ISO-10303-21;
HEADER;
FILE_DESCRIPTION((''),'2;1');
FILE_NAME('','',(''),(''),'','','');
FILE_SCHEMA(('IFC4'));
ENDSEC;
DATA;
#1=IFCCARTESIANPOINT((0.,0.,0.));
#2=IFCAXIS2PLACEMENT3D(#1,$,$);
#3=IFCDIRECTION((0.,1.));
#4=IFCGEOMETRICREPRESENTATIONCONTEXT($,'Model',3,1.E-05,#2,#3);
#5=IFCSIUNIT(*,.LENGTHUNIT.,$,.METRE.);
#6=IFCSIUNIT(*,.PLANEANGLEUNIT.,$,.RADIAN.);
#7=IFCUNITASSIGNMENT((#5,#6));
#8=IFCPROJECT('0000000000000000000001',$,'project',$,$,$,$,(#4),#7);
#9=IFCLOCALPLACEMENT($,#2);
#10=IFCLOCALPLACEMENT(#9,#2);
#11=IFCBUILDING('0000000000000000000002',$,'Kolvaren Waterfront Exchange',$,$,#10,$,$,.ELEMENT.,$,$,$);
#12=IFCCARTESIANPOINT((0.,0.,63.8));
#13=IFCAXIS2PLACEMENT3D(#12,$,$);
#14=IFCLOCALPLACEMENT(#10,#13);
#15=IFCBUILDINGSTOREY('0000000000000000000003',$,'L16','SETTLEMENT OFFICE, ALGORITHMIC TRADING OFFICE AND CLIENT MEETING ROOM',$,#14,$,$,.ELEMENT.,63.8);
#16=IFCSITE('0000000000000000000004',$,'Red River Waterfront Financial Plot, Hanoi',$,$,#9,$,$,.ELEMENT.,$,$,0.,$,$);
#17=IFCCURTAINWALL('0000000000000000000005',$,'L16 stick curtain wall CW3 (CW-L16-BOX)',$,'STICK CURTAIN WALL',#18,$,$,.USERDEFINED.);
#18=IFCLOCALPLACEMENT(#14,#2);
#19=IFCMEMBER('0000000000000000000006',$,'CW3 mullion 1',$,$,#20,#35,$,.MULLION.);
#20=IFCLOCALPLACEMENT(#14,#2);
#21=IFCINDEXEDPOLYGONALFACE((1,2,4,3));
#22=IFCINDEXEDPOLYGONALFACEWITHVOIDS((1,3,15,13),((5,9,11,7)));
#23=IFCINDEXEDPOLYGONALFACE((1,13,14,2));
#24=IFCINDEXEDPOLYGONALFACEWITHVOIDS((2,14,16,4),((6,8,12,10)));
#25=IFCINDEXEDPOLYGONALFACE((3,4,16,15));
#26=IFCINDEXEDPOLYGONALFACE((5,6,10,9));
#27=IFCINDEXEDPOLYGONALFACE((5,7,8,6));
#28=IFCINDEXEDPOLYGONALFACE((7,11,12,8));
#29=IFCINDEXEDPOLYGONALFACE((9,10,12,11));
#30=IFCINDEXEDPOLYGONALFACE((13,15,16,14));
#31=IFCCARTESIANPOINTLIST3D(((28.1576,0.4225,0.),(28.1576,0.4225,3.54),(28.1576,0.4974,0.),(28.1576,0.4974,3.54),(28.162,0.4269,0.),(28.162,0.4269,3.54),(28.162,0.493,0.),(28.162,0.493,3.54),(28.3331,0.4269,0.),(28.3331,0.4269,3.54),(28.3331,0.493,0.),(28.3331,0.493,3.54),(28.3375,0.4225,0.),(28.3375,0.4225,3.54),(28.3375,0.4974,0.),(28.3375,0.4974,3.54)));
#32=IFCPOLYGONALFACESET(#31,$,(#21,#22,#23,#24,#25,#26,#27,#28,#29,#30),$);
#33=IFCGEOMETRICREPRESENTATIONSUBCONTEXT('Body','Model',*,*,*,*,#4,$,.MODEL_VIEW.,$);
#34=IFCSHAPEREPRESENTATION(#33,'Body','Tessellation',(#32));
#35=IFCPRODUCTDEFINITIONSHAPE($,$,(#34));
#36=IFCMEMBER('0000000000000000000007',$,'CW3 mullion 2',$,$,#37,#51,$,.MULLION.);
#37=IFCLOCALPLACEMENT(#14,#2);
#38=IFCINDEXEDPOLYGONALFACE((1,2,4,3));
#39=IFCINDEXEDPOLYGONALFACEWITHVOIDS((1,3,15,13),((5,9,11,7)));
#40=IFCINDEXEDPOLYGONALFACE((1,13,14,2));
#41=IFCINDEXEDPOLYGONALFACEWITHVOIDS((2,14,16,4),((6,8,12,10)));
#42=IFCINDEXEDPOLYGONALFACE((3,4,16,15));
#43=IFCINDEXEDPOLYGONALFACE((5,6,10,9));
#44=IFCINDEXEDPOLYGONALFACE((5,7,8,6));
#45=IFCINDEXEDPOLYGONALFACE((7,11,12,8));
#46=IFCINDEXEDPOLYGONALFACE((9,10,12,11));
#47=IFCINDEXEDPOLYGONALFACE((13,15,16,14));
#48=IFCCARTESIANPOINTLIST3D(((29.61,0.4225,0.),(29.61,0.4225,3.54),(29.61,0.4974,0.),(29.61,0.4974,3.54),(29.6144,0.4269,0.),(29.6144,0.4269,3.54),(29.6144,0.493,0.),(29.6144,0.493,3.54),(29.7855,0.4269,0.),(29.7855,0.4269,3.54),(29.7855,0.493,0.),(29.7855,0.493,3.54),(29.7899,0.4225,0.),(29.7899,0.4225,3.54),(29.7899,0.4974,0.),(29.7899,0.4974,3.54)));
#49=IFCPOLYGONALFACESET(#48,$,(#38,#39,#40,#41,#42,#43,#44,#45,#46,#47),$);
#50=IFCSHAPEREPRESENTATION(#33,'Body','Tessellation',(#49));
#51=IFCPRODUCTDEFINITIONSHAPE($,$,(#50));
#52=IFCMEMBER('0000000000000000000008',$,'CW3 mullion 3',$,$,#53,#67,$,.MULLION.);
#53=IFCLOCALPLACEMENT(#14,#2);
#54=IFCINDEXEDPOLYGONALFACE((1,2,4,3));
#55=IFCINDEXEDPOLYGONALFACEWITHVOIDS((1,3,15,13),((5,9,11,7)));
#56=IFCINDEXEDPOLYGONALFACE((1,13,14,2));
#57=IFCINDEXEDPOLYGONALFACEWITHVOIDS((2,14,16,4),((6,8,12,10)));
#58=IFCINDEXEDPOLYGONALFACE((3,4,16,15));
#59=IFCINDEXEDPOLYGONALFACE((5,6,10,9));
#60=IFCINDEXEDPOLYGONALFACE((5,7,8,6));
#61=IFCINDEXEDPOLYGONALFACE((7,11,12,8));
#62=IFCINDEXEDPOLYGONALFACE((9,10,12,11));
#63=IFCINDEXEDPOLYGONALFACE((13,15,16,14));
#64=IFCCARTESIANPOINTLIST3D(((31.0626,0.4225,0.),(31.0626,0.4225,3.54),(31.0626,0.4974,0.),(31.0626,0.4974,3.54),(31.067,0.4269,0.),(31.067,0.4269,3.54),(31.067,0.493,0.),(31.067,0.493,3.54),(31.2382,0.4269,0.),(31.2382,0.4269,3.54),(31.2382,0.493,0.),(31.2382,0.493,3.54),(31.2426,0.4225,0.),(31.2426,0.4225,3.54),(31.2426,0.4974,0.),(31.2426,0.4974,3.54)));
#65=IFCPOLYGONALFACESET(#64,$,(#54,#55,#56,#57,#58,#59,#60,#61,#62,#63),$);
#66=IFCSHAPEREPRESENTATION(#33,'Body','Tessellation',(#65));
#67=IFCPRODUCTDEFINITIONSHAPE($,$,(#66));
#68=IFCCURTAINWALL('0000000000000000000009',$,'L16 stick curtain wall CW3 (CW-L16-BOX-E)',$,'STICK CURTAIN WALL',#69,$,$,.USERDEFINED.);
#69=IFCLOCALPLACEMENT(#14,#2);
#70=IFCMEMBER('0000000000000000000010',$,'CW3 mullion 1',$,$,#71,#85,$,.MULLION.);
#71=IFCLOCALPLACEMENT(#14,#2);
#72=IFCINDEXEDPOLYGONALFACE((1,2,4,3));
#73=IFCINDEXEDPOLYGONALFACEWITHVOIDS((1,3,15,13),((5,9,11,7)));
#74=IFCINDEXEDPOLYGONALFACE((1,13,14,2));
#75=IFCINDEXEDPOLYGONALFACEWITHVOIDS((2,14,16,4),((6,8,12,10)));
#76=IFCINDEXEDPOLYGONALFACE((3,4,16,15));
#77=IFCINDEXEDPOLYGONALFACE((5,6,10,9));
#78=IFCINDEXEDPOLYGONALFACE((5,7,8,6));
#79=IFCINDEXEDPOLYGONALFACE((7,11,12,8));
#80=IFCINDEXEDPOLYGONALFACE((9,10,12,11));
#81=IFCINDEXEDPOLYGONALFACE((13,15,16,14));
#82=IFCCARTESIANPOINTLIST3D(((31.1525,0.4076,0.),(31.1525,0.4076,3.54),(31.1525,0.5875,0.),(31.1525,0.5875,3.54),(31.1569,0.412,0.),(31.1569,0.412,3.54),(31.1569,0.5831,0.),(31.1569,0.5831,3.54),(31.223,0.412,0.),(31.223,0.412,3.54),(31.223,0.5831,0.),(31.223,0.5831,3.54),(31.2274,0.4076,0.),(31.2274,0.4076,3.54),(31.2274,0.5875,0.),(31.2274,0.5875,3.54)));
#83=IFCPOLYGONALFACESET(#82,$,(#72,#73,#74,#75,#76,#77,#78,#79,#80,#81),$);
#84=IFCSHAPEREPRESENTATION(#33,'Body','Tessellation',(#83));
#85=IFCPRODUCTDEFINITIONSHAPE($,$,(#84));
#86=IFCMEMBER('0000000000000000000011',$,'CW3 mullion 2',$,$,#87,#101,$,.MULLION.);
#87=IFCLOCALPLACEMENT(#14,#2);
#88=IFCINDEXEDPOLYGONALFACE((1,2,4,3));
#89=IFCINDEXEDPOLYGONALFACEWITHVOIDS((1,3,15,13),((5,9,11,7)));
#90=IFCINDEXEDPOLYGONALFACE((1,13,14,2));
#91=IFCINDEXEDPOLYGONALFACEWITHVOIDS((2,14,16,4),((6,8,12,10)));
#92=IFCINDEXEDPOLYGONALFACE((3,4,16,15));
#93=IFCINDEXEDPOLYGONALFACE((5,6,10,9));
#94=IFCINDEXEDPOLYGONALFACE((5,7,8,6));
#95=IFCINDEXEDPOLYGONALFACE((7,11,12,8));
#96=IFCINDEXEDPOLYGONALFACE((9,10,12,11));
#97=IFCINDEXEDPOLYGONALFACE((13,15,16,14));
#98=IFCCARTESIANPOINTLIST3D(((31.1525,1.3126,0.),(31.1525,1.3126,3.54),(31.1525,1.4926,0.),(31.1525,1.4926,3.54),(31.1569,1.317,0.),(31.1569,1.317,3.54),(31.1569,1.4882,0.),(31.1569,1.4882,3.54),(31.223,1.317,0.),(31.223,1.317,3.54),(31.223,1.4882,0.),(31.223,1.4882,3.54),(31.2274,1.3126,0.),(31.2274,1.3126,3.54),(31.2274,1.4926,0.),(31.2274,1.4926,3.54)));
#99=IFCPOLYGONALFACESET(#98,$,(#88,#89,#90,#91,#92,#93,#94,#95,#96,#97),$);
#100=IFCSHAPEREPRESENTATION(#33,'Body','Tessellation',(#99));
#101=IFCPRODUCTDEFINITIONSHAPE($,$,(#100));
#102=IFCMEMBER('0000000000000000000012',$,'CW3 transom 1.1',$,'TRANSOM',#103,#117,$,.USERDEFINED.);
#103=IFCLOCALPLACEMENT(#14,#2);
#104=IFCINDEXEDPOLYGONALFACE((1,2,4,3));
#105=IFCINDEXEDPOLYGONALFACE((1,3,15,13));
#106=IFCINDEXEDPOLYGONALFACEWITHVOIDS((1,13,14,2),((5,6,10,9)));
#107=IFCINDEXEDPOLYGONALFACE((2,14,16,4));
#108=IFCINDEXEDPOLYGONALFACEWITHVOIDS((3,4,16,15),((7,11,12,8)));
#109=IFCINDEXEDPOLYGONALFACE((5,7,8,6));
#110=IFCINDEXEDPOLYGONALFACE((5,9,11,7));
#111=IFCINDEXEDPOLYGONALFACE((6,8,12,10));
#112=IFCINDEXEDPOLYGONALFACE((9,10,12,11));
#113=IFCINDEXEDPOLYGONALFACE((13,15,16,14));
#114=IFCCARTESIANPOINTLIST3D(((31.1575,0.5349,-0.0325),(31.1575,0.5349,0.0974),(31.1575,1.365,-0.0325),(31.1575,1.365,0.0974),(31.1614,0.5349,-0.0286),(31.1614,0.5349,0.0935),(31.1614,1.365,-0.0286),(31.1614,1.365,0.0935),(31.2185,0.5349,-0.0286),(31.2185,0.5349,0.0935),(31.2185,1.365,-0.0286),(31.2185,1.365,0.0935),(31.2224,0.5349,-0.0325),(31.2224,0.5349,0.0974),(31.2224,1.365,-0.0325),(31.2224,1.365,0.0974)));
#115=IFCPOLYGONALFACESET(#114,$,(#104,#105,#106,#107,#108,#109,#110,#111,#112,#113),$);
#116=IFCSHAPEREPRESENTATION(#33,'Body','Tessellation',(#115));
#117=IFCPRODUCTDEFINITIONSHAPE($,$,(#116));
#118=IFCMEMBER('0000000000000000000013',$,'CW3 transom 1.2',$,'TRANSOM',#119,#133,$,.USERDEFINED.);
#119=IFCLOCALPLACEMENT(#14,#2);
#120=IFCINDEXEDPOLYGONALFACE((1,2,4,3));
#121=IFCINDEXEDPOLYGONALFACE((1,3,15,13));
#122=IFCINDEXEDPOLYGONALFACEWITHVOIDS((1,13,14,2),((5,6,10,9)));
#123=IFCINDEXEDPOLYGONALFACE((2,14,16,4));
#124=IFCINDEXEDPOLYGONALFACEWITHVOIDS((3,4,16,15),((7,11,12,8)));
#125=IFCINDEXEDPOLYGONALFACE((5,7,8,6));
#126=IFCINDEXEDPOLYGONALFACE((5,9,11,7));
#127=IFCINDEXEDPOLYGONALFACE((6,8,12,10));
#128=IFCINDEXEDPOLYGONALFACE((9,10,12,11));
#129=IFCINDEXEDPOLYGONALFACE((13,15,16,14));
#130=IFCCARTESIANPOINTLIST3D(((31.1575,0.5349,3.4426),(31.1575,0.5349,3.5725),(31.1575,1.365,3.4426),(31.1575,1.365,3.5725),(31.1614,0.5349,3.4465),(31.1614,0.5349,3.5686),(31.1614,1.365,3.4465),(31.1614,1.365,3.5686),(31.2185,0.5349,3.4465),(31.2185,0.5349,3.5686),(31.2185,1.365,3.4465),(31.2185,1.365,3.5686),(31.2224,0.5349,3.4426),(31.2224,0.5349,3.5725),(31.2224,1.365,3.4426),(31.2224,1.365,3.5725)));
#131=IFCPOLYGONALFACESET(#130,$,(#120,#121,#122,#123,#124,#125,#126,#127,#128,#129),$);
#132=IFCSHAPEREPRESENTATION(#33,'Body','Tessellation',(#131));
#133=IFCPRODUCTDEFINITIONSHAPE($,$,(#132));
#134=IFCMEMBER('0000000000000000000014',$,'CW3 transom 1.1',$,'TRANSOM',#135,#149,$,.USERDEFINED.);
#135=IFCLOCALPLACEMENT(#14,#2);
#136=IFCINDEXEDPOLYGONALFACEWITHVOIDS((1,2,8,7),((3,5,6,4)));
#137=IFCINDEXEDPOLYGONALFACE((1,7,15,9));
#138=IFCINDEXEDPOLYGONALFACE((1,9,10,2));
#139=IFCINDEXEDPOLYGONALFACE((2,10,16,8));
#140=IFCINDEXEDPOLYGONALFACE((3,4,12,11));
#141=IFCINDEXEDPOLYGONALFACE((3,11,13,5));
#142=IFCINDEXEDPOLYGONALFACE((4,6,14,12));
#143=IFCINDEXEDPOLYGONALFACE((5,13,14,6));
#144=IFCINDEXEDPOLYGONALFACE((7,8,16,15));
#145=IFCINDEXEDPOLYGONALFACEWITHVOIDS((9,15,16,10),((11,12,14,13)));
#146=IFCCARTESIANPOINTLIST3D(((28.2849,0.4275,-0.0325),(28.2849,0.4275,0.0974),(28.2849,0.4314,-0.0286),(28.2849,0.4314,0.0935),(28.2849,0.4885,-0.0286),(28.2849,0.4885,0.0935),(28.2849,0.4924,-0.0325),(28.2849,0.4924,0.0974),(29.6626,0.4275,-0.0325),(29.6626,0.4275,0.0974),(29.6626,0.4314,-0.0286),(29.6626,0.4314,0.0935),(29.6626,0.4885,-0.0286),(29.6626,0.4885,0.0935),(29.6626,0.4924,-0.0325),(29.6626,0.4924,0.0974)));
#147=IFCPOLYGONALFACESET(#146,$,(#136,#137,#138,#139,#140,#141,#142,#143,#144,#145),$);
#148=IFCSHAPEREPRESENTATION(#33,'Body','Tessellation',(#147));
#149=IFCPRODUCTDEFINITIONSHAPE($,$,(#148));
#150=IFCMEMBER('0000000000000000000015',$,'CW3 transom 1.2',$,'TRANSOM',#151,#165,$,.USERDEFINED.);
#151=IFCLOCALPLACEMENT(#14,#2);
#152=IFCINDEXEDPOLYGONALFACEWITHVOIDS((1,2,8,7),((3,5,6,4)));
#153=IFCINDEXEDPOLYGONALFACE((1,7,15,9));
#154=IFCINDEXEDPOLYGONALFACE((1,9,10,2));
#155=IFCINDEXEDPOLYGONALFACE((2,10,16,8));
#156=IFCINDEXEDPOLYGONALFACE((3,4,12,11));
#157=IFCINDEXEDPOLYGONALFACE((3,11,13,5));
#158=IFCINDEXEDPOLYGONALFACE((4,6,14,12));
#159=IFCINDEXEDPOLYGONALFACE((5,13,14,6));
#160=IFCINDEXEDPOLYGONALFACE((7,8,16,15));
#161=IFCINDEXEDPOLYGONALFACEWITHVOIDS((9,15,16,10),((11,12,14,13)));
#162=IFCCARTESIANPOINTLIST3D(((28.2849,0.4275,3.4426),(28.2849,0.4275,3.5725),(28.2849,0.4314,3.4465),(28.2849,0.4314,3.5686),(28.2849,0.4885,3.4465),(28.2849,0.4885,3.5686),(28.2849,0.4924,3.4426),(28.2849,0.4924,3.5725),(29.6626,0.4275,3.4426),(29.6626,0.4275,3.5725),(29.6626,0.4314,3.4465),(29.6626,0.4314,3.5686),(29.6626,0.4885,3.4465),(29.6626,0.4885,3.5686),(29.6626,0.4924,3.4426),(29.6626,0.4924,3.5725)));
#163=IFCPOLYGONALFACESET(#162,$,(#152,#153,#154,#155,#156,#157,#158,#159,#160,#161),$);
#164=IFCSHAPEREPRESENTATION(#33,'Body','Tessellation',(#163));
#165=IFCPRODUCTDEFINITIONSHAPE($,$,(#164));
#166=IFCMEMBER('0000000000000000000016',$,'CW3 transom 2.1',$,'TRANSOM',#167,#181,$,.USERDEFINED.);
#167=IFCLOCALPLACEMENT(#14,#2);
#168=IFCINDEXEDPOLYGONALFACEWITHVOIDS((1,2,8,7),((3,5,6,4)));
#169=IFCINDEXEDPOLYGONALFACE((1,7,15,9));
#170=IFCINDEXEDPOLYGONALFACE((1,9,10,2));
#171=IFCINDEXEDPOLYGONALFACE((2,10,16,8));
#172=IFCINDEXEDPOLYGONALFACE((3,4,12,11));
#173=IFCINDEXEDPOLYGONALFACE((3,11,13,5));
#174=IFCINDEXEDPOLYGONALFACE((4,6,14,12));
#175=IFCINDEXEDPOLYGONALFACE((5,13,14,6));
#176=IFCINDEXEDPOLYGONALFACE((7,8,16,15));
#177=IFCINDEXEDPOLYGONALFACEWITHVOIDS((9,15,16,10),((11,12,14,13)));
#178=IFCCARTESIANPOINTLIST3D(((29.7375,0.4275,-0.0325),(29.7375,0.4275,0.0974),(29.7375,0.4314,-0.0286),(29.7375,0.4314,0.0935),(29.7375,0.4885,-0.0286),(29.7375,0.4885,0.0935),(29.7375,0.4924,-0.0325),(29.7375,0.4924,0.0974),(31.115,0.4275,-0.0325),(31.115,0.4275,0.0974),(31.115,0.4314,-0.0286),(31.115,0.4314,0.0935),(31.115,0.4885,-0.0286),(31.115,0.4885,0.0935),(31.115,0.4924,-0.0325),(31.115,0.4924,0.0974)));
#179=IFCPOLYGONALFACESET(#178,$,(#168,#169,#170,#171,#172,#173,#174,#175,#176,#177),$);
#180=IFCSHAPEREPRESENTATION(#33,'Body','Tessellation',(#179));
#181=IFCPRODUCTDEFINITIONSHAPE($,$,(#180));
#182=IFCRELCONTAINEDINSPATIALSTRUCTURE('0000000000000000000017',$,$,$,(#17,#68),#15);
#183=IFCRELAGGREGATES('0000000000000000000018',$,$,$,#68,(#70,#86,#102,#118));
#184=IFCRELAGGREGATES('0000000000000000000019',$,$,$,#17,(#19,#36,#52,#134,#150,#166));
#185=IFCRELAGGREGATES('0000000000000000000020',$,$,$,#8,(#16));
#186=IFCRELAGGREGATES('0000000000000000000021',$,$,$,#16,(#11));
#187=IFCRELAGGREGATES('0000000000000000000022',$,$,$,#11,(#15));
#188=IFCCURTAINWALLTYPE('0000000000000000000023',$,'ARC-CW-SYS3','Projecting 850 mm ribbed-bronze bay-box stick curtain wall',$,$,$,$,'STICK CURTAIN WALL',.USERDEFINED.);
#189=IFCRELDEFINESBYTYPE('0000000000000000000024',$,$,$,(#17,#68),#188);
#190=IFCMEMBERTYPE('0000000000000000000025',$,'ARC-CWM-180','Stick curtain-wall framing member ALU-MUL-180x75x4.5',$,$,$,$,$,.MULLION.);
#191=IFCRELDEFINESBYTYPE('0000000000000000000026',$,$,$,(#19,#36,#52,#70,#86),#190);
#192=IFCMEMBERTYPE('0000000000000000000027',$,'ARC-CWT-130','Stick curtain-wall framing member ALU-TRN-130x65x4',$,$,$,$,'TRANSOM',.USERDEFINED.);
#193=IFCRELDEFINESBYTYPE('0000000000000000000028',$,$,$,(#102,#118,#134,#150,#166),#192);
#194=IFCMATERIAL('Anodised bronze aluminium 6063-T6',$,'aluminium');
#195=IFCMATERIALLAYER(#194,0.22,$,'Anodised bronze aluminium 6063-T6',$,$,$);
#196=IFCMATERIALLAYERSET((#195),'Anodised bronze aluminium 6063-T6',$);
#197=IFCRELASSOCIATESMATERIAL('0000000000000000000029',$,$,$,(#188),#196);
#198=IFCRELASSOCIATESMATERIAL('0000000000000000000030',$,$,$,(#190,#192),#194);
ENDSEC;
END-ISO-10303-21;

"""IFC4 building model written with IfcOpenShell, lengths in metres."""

from ifc_helpers import new_model, si_unit, direction, frame, origin, origin_with_axes, origin_2d, place, context, subcontext, project, spatial, hollow_rectangle, extrude, source, transform, mapped, material, layer, layer_set, material_profile, profile_set, type_object, element, aggregate, save


model = new_model("IFC4")

# Units and contexts
model_context = context("Model", 3, precision=1e-05, world=origin(), true_north=direction((0.0, 1.0)))
body_context = subcontext(model_context, "Body", "Model", "MODEL_VIEW")
ifc_project = project(units=[si_unit("LENGTHUNIT", "METRE"), si_unit("PLANEANGLEUNIT", "RADIAN")], contexts=[model_context])

# Site, building, storey
site_placement = place(None, origin())
site = spatial("IfcSite", under=ifc_project, at=site_placement, Name="Red River Waterfront Financial Plot, Hanoi", CompositionType="ELEMENT", RefElevation=0.0)
building_placement = place(site_placement, origin())
building = spatial("IfcBuilding", under=site, at=building_placement, Name="Kolvaren Waterfront Exchange", CompositionType="ELEMENT")
storey_placement = place(building_placement, frame((0.0, 0.0, 63.8)))
storey = spatial("IfcBuildingStorey", under=building, at=storey_placement, Name="L16", Description="SETTLEMENT OFFICE, ALGORITHMIC TRADING OFFICE AND CLIENT MEETING ROOM", CompositionType="ELEMENT", Elevation=63.8)

# Curtain walls, members
ifc_material_1 = material(Name="Anodised bronze aluminium 6063-T6", Category="aluminium")
ifc_layer_1 = layer(ifc_material_1, 0.22, Name="Anodised bronze aluminium 6063-T6")
ifc_layer_set_1 = layer_set([ifc_layer_1], Name="Anodised bronze aluminium 6063-T6")
curtain_wall_type_1 = type_object("IfcCurtainWallType", Name="ARC-CW-SYS3", Description="Projecting 850 mm ribbed-bronze bay-box stick curtain wall", ElementType="STICK CURTAIN WALL", PredefinedType="USERDEFINED", material=ifc_layer_set_1)
curtain_wall_1_placement = place(storey_placement, origin())
curtain_wall_1 = element("IfcCurtainWall", 1, at=curtain_wall_1_placement, inside=storey, type_object=curtain_wall_type_1, Name="L16 stick curtain wall CW3 (CW-L16-BOX)", ObjectType="STICK CURTAIN WALL", PredefinedType="USERDEFINED")
ifc_material_profile_1 = material_profile(ifc_material_1, hollow_rectangle(XDim=0.075, YDim=0.1799, WallThickness=0.0044, at=origin_2d()), Name="ALU-MUL-180x75x4.5")
ifc_profile_set_1 = profile_set([ifc_material_profile_1], Name="Anodised bronze aluminium 6063-T6")
member_type_1 = type_object("IfcMemberType", Name="ARC-CWM-180", Description="Stick curtain-wall framing member ALU-MUL-180x75x4.5", PredefinedType="MULLION", material=ifc_profile_set_1)
shared_shape_1 = source(origin_with_axes(), body_context, "Body", "SweptSolid", [
    extrude(hollow_rectangle(XDim=0.075, YDim=0.1799, WallThickness=0.0044, at=origin_2d()), origin(), (0.0, 0.0, 1.0), 3.54),
])
member_1_placement = place(storey_placement, frame((28.2476, 0.46, 0.0), z_axis=(0.0, 0.0, 1.0), x_axis=(0.0, 1.0, 0.0)))
member_1 = element("IfcMember", 2, at=member_1_placement, type_object=member_type_1, Name="CW3 mullion 1", PredefinedType="MULLION", context=body_context, shape_type="MappedRepresentation", body=[
    mapped(shared_shape_1, transform((0.0, 0.0, 0.0), x_axis=(1.0, 0.0, 0.0), y_axis=(0.0, 1.0, 0.0), z_axis=(0.0, 0.0, 1.0), scale=1.0)),
])
member_2_placement = place(storey_placement, frame((29.7, 0.46, 0.0), z_axis=(0.0, 0.0, 1.0), x_axis=(0.0, 1.0, 0.0)))
member_2 = element("IfcMember", 3, at=member_2_placement, type_object=member_type_1, Name="CW3 mullion 2", PredefinedType="MULLION", context=body_context, shape_type="MappedRepresentation", body=[
    mapped(shared_shape_1, transform((0.0, 0.0, 0.0), x_axis=(1.0, 0.0, 0.0), y_axis=(0.0, 1.0, 0.0), z_axis=(0.0, 0.0, 1.0), scale=1.0)),
])
member_3_placement = place(storey_placement, frame((31.1526, 0.46, 0.0), z_axis=(0.0, 0.0, 1.0), x_axis=(0.0, 1.0, 0.0)))
member_3 = element("IfcMember", 4, at=member_3_placement, type_object=member_type_1, Name="CW3 mullion 3", PredefinedType="MULLION", context=body_context, shape_type="MappedRepresentation", body=[
    mapped(shared_shape_1, transform((0.0, 0.0, 0.0), x_axis=(1.0, 0.0, 0.0), y_axis=(0.0, 1.0, 0.0), z_axis=(0.0, 0.0, 1.0), scale=1.0)),
])
curtain_wall_2_placement = place(storey_placement, origin())
curtain_wall_2 = element("IfcCurtainWall", 5, at=curtain_wall_2_placement, inside=storey, type_object=curtain_wall_type_1, Name="L16 stick curtain wall CW3 (CW-L16-BOX-E)", ObjectType="STICK CURTAIN WALL", PredefinedType="USERDEFINED")
member_4_placement = place(storey_placement, frame((31.1899, 0.4976, 0.0), z_axis=(0.0, 0.0, 1.0), x_axis=(-1.0, 0.0, 0.0)))
member_4 = element("IfcMember", 6, at=member_4_placement, type_object=member_type_1, Name="CW3 mullion 1", PredefinedType="MULLION", context=body_context, shape_type="MappedRepresentation", body=[
    mapped(shared_shape_1, transform((0.0, 0.0, 0.0), x_axis=(1.0, 0.0, 0.0), y_axis=(0.0, 1.0, 0.0), z_axis=(0.0, 0.0, 1.0), scale=1.0)),
])
member_5_placement = place(storey_placement, frame((31.1899, 1.4026, 0.0), z_axis=(0.0, 0.0, 1.0), x_axis=(-1.0, 0.0, 0.0)))
member_5 = element("IfcMember", 7, at=member_5_placement, type_object=member_type_1, Name="CW3 mullion 2", PredefinedType="MULLION", context=body_context, shape_type="MappedRepresentation", body=[
    mapped(shared_shape_1, transform((0.0, 0.0, 0.0), x_axis=(1.0, 0.0, 0.0), y_axis=(0.0, 1.0, 0.0), z_axis=(0.0, 0.0, 1.0), scale=1.0)),
])
ifc_material_profile_2 = material_profile(ifc_material_1, hollow_rectangle(XDim=0.0649, YDim=0.1299, WallThickness=0.0039, at=origin_2d()), Name="ALU-TRN-130x65x4")
ifc_profile_set_2 = profile_set([ifc_material_profile_2], Name="Anodised bronze aluminium 6063-T6")
member_type_2 = type_object("IfcMemberType", Name="ARC-CWT-130", Description="Stick curtain-wall framing member ALU-TRN-130x65x4", ElementType="TRANSOM", PredefinedType="USERDEFINED", material=ifc_profile_set_2)
shared_shape_2 = source(origin_with_axes(), body_context, "Body", "SweptSolid", [
    extrude(hollow_rectangle(XDim=0.0649, YDim=0.1299, WallThickness=0.0039, at=origin_2d()), origin(), (0.0, 0.0, 1.0), 0.8301),
])
member_6_placement = place(storey_placement, frame((31.1899, 0.5349, 0.0325), z_axis=(0.0, 1.0, 0.0), x_axis=(-1.0, 0.0, 0.0)))
member_6 = element("IfcMember", 8, at=member_6_placement, type_object=member_type_2, Name="CW3 transom 1.1", ObjectType="TRANSOM", PredefinedType="USERDEFINED", context=body_context, shape_type="MappedRepresentation", body=[
    mapped(shared_shape_2, transform((0.0, 0.0, 0.0), x_axis=(1.0, 0.0, 0.0), y_axis=(0.0, 1.0, 0.0), z_axis=(0.0, 0.0, 1.0), scale=1.0)),
])
member_7_placement = place(storey_placement, frame((31.1899, 0.5349, 3.5076), z_axis=(0.0, 1.0, 0.0), x_axis=(-1.0, 0.0, 0.0)))
member_7 = element("IfcMember", 9, at=member_7_placement, type_object=member_type_2, Name="CW3 transom 1.2", ObjectType="TRANSOM", PredefinedType="USERDEFINED", context=body_context, shape_type="MappedRepresentation", body=[
    mapped(shared_shape_2, transform((0.0, 0.0, 0.0), x_axis=(1.0, 0.0, 0.0), y_axis=(0.0, 1.0, 0.0), z_axis=(0.0, 0.0, 1.0), scale=1.0)),
])

# Members
shared_shape_3 = source(origin_with_axes(), body_context, "Body", "SweptSolid", [
    extrude(hollow_rectangle(XDim=0.0649, YDim=0.1299, WallThickness=0.0039, at=origin_2d()), origin(), (0.0, 0.0, 1.0), 1.3777),
])
member_8_placement = place(storey_placement, frame((28.2849, 0.46, 0.0325), z_axis=(1.0, 0.0, 0.0), x_axis=(0.0, 1.0, 0.0)))
member_8 = element("IfcMember", 10, at=member_8_placement, type_object=member_type_2, Name="CW3 transom 1.1", ObjectType="TRANSOM", PredefinedType="USERDEFINED", context=body_context, shape_type="MappedRepresentation", body=[
    mapped(shared_shape_3, transform((0.0, 0.0, 0.0), x_axis=(1.0, 0.0, 0.0), y_axis=(0.0, 1.0, 0.0), z_axis=(0.0, 0.0, 1.0), scale=1.0)),
])
member_9_placement = place(storey_placement, frame((28.2849, 0.46, 3.5076), z_axis=(1.0, 0.0, 0.0), x_axis=(0.0, 1.0, 0.0)))
member_9 = element("IfcMember", 11, at=member_9_placement, type_object=member_type_2, Name="CW3 transom 1.2", ObjectType="TRANSOM", PredefinedType="USERDEFINED", context=body_context, shape_type="MappedRepresentation", body=[
    mapped(shared_shape_3, transform((0.0, 0.0, 0.0), x_axis=(1.0, 0.0, 0.0), y_axis=(0.0, 1.0, 0.0), z_axis=(0.0, 0.0, 1.0), scale=1.0)),
])
shared_shape_4 = source(origin_with_axes(), body_context, "Body", "SweptSolid", [
    extrude(hollow_rectangle(XDim=0.0649, YDim=0.1299, WallThickness=0.0039, at=origin_2d()), origin(), (0.0, 0.0, 1.0), 1.3774),
])
member_10_placement = place(storey_placement, frame((29.7375, 0.46, 0.0325), z_axis=(1.0, 0.0, 0.0), x_axis=(0.0, 1.0, 0.0)))
member_10 = element("IfcMember", 12, at=member_10_placement, type_object=member_type_2, Name="CW3 transom 2.1", ObjectType="TRANSOM", PredefinedType="USERDEFINED", context=body_context, shape_type="MappedRepresentation", body=[
    mapped(shared_shape_4, transform((0.0, 0.0, 0.0), x_axis=(1.0, 0.0, 0.0), y_axis=(0.0, 1.0, 0.0), z_axis=(0.0, 0.0, 1.0), scale=1.0)),
])

aggregate(curtain_wall_2, [member_4, member_5, member_6, member_7])
aggregate(curtain_wall_1, [member_1, member_2, member_3, member_8, member_9, member_10])

save(model, "model.ifc")
